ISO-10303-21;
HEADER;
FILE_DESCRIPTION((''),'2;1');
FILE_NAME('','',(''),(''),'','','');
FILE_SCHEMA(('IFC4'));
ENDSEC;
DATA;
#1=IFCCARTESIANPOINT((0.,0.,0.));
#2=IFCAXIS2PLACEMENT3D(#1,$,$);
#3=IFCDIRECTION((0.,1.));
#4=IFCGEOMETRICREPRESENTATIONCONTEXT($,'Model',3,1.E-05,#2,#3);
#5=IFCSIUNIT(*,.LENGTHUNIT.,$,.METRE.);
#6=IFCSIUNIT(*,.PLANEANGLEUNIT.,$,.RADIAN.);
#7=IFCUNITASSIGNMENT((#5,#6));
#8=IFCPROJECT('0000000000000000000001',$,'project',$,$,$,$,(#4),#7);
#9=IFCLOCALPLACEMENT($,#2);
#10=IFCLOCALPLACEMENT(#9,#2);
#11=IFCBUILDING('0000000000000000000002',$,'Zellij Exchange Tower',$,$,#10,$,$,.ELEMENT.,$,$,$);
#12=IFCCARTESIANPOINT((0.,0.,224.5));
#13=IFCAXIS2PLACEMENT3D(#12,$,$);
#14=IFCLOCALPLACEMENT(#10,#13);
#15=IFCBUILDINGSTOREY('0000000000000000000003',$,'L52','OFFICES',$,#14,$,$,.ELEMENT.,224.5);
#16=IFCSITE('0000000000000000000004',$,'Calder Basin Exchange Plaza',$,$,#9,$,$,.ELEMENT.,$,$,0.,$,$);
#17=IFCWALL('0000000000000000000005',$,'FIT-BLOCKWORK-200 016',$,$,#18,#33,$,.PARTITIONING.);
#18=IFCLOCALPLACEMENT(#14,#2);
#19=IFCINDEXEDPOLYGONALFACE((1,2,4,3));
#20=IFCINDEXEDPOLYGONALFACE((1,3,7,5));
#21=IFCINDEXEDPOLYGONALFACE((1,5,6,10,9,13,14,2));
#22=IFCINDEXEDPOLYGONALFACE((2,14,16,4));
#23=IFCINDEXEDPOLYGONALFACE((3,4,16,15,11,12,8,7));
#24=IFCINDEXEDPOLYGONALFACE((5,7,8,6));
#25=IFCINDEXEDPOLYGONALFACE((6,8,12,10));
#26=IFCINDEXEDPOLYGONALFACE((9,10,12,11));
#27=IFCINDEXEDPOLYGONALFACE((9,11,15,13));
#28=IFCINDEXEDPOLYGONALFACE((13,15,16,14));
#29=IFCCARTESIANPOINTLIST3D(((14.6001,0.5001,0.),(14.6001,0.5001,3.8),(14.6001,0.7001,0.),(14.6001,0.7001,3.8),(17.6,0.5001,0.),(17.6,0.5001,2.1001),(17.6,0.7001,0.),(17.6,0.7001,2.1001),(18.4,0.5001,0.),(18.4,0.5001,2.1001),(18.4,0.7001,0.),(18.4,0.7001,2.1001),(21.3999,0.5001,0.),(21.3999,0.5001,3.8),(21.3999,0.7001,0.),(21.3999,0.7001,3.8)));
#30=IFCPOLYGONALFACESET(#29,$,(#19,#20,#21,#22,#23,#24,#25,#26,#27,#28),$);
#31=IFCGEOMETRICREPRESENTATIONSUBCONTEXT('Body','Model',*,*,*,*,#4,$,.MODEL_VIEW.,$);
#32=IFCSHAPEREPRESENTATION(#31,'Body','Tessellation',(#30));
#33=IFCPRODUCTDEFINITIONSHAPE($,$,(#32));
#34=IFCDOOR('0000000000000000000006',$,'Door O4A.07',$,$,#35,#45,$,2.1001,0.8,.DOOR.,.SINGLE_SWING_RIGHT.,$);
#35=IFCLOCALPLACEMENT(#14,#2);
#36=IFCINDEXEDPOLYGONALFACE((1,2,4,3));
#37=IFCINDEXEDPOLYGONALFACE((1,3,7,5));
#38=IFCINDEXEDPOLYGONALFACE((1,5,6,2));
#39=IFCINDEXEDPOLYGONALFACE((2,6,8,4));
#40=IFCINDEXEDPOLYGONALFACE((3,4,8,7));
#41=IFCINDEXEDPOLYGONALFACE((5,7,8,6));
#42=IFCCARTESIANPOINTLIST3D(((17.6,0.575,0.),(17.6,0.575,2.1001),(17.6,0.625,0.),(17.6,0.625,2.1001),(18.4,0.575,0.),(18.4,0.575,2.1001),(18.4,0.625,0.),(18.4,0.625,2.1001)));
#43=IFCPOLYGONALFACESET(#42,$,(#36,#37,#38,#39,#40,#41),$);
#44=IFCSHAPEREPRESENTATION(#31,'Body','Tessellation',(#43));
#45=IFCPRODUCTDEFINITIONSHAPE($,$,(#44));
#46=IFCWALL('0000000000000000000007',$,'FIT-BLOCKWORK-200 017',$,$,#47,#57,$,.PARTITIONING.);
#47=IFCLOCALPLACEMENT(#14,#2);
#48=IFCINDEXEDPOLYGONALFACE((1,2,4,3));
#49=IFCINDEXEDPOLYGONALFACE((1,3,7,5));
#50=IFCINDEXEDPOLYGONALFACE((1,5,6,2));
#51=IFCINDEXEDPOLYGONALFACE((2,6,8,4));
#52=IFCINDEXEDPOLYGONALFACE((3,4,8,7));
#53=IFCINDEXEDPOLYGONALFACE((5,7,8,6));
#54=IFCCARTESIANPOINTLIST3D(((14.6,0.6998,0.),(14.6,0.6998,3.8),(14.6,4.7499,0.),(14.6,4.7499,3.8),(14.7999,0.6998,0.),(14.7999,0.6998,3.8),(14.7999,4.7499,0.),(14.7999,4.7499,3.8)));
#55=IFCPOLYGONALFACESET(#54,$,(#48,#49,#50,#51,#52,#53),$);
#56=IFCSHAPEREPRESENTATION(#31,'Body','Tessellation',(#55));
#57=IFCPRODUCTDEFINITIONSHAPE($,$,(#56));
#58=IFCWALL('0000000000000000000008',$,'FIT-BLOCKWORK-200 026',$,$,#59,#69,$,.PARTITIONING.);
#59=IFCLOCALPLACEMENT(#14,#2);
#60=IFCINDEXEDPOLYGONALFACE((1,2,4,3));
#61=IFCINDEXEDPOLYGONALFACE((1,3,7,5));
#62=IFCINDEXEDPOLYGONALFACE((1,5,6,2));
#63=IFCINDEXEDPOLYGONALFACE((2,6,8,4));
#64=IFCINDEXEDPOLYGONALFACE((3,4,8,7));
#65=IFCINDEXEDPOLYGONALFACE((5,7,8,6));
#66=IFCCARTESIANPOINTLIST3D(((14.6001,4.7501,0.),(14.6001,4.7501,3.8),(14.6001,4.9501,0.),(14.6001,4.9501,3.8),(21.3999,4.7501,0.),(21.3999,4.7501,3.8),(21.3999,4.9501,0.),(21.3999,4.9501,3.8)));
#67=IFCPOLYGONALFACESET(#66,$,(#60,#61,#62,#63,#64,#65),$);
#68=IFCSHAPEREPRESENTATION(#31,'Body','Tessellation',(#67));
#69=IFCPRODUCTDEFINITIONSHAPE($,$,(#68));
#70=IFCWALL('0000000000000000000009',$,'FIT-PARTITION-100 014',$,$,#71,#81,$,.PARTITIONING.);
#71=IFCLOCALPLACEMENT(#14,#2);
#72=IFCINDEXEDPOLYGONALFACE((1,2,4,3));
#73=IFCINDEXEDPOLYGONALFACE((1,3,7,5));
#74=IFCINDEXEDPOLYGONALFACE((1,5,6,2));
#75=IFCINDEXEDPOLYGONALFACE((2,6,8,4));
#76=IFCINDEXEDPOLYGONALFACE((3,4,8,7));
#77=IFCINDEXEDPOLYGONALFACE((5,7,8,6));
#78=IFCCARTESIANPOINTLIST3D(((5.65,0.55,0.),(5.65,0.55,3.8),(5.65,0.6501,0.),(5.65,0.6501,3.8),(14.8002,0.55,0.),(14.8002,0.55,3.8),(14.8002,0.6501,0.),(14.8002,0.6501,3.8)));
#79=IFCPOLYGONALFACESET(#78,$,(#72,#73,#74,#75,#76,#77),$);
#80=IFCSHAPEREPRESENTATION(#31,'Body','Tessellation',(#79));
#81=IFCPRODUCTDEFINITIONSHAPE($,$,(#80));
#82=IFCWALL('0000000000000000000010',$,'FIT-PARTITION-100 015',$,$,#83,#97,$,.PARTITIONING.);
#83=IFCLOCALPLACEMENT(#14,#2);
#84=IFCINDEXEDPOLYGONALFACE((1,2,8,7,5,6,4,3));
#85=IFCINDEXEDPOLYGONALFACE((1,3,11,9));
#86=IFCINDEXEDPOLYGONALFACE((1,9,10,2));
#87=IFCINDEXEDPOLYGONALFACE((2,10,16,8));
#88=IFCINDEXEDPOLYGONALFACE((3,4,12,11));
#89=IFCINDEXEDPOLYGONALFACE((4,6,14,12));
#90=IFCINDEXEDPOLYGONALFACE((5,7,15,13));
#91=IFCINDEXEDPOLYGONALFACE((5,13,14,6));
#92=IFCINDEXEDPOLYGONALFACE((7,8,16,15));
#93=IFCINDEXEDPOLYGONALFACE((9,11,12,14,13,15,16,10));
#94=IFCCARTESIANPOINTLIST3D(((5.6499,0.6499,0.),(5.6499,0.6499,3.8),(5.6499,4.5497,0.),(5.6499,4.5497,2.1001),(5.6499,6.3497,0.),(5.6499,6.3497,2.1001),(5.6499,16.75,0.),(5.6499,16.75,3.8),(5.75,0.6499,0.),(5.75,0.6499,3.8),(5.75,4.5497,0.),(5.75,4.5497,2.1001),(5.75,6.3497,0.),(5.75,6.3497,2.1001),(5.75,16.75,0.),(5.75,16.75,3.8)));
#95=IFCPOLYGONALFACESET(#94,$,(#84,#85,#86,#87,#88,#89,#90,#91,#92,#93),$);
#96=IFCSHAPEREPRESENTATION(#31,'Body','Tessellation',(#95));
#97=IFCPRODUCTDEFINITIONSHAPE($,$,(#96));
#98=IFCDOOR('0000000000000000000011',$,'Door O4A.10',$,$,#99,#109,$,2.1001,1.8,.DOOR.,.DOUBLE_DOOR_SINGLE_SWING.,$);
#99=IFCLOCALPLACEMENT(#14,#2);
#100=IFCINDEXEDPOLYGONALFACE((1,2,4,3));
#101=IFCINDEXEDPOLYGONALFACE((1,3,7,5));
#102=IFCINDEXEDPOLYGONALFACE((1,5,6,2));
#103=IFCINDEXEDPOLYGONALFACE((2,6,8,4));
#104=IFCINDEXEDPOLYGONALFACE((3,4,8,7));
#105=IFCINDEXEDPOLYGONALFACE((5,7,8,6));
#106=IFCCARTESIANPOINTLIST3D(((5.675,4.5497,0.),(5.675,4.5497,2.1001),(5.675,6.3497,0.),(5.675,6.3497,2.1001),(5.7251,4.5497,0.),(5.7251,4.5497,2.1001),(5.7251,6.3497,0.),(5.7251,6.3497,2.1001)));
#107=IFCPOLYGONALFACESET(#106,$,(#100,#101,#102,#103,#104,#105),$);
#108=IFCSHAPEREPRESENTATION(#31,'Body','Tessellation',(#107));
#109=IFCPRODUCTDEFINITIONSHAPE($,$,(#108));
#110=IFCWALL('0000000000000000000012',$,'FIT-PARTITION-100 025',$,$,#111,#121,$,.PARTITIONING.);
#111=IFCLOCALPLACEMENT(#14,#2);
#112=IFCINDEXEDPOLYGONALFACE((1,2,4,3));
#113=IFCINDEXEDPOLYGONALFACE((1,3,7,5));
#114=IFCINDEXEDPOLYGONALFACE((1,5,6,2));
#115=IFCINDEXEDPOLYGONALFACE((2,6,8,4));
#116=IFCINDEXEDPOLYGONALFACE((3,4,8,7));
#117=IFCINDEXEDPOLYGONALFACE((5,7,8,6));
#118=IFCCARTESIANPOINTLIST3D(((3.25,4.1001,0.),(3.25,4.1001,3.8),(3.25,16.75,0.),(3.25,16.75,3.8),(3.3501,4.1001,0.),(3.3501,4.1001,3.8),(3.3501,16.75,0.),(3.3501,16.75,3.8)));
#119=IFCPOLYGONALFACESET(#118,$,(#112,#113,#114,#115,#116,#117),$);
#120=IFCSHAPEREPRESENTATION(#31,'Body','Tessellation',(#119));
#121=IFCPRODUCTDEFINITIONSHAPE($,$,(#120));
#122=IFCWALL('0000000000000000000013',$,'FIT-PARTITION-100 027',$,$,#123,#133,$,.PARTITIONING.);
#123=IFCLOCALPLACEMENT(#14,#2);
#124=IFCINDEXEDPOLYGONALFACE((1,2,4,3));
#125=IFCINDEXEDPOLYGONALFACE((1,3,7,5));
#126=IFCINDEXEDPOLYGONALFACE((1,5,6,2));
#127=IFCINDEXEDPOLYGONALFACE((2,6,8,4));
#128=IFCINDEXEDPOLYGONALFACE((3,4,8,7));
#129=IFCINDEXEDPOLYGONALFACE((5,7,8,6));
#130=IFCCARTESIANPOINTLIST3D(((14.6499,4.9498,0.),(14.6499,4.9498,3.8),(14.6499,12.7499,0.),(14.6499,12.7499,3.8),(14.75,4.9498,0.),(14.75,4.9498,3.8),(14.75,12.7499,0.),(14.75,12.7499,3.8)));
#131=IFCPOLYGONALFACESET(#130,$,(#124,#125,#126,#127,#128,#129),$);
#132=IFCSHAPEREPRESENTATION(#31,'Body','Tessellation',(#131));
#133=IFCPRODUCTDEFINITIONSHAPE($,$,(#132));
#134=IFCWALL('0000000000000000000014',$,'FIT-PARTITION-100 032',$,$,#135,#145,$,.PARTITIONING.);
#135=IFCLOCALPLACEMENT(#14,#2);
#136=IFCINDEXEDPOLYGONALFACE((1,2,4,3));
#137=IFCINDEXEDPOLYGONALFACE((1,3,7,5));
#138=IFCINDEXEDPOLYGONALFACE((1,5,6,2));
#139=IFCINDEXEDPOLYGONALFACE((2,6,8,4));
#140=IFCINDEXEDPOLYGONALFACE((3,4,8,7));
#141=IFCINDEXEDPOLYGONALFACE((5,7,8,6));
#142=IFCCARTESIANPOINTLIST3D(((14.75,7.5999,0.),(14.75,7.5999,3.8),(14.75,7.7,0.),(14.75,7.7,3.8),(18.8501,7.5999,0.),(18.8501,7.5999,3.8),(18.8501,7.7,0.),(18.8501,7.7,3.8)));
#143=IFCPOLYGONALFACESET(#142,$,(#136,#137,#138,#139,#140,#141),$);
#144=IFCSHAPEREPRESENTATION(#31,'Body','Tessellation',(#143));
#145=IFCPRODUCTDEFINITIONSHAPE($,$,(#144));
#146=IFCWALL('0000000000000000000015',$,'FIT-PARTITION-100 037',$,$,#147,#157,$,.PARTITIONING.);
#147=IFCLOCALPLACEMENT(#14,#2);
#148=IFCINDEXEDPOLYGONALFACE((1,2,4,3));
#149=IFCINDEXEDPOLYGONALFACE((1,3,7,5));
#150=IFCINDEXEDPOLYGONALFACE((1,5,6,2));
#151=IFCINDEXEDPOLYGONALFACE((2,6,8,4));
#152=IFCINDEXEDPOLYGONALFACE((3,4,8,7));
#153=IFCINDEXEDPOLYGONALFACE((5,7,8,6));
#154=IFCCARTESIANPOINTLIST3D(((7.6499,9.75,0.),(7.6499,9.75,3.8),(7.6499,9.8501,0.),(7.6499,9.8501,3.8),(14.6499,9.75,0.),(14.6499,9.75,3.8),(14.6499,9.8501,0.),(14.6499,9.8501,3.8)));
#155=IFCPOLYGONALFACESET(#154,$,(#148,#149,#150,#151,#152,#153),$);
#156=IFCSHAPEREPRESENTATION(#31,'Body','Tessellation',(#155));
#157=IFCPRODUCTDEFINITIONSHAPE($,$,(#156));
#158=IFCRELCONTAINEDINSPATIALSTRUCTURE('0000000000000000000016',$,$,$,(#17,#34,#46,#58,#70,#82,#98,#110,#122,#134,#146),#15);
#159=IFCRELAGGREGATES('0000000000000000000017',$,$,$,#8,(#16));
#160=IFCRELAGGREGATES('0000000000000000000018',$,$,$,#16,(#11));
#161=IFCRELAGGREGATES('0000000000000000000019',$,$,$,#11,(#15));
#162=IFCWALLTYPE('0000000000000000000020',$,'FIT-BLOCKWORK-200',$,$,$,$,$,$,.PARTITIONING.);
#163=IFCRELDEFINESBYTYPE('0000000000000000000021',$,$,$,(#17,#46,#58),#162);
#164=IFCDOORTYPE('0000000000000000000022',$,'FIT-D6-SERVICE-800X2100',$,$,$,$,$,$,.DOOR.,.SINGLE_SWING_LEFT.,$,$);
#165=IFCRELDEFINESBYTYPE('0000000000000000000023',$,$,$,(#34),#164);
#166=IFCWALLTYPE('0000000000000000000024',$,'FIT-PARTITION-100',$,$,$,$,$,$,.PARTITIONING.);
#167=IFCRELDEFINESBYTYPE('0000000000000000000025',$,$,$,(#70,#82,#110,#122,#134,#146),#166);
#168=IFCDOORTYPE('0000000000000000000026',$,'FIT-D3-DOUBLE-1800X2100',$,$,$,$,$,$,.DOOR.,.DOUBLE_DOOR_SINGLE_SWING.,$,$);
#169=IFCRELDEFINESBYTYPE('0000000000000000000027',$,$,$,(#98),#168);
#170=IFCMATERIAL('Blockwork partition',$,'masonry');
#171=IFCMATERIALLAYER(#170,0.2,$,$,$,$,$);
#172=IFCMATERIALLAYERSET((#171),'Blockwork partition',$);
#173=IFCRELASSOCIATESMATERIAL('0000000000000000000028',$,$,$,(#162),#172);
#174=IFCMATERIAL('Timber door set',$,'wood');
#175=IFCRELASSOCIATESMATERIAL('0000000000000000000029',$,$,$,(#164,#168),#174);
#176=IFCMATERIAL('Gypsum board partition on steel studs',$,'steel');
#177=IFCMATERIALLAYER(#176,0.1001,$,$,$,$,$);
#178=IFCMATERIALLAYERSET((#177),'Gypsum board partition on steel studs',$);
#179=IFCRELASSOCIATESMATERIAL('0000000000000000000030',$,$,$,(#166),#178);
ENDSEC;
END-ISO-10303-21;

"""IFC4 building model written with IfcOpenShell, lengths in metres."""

from ifc_helpers import new_model, si_unit, direction, frame, frame_2d, origin, place, context, subcontext, project, spatial, rectangle, extrude, material, layer, layer_set, type_object, element, fill, save


model = new_model("IFC4")

# Units and contexts
model_context = context("Model", 3, precision=1e-05, world=origin(), true_north=direction((0.0, 1.0)))
body_context = subcontext(model_context, "Body", "Model", "MODEL_VIEW")
ifc_project = project(units=[si_unit("LENGTHUNIT", "METRE"), si_unit("PLANEANGLEUNIT", "RADIAN")], contexts=[model_context])

# Site, building, storey
site_placement = place(None, origin())
site = spatial("IfcSite", under=ifc_project, at=site_placement, Name="Calder Basin Exchange Plaza", CompositionType="ELEMENT", RefElevation=0.0)
building_placement = place(site_placement, origin())
building = spatial("IfcBuilding", under=site, at=building_placement, Name="Zellij Exchange Tower", CompositionType="ELEMENT")
storey_placement = place(building_placement, frame((0.0, 0.0, 224.5)))
storey = spatial("IfcBuildingStorey", under=building, at=storey_placement, Name="L52", Description="OFFICES", CompositionType="ELEMENT", Elevation=224.5)

# Shared definitions
ifc_material_1 = material(Name="Blockwork partition", Category="masonry")
ifc_layer_1 = layer(ifc_material_1, 0.2)
ifc_layer_set_1 = layer_set([ifc_layer_1], Name="Blockwork partition")
wall_type_1 = type_object("IfcWallType", Name="FIT-BLOCKWORK-200", PredefinedType="PARTITIONING", material=ifc_layer_set_1)

# Wall, opening, door
wall_1_placement = place(storey_placement, frame((14.6001, 0.6001, 0.0), z_axis=(0.0, 0.0, 1.0), x_axis=(1.0, 0.0, 0.0)))
wall_1 = element("IfcWall", 1, at=wall_1_placement, inside=storey, type_object=wall_type_1, Name="FIT-BLOCKWORK-200 016", PredefinedType="PARTITIONING", context=body_context, shape_type="SweptSolid", body=[
    extrude(rectangle(XDim=6.7998, YDim=0.2, at=frame_2d((3.3999, 0.0))), origin(), (0.0, 0.0, 1.0), 3.8),
])
opening_1_placement = place(wall_1_placement, frame((3.0, 0.0, 0.0)))
opening_1 = element("IfcOpeningElement", 2, at=opening_1_placement, cuts=wall_1, PredefinedType="OPENING", context=body_context, shape_type="SweptSolid", body=[
    extrude(rectangle(XDim=0.8, YDim=2.1001, at=frame_2d((0.3999, 1.05))), frame((0.0, 0.1118, 0.0), z_axis=(0.0, -1.0, 0.0), x_axis=(1.0, 0.0, 0.0)), (0.0, 0.0, 1.0), 0.2239),
])
ifc_material_2 = material(Name="Timber door set", Category="wood")
door_type_1 = type_object("IfcDoorType", Name="FIT-D6-SERVICE-800X2100", OperationType="SINGLE_SWING_LEFT", PredefinedType="DOOR", material=ifc_material_2)
door_1_placement = place(opening_1_placement, origin())
door_1 = element("IfcDoor", 3, at=door_1_placement, inside=storey, type_object=door_type_1, Name="Door O4A.07", OperationType="SINGLE_SWING_RIGHT", OverallHeight=2.1001, OverallWidth=0.8, PredefinedType="DOOR", context=body_context, shape_type="SweptSolid", body=[
    extrude(rectangle(XDim=0.8, YDim=2.1001, at=frame_2d((0.3999, 1.05))), frame((0.0, 0.0249, 0.0), z_axis=(0.0, -1.0, 0.0), x_axis=(1.0, 0.0, 0.0)), (0.0, 0.0, 1.0), 0.05),
])
fill(opening_1, door_1)

# Walls
wall_2_placement = place(storey_placement, frame((14.7, 0.7, 0.0), z_axis=(0.0, 0.0, 1.0), x_axis=(0.0, 1.0, 0.0)))
element("IfcWall", 4, at=wall_2_placement, inside=storey, type_object=wall_type_1, Name="FIT-BLOCKWORK-200 017", PredefinedType="PARTITIONING", context=body_context, shape_type="SweptSolid", body=[
    extrude(rectangle(XDim=4.05, YDim=0.2, at=frame_2d((2.0249, 0.0))), origin(), (0.0, 0.0, 1.0), 3.8),
])
wall_3_placement = place(storey_placement, frame((14.6001, 4.8501, 0.0), z_axis=(0.0, 0.0, 1.0), x_axis=(1.0, 0.0, 0.0)))
element("IfcWall", 5, at=wall_3_placement, inside=storey, type_object=wall_type_1, Name="FIT-BLOCKWORK-200 026", PredefinedType="PARTITIONING", context=body_context, shape_type="SweptSolid", body=[
    extrude(rectangle(XDim=6.7998, YDim=0.2, at=frame_2d((3.3999, 0.0))), origin(), (0.0, 0.0, 1.0), 3.8),
])
ifc_material_3 = material(Name="Gypsum board partition on steel studs", Category="steel")
ifc_layer_2 = layer(ifc_material_3, 0.1001)
ifc_layer_set_2 = layer_set([ifc_layer_2], Name="Gypsum board partition on steel studs")
wall_type_2 = type_object("IfcWallType", Name="FIT-PARTITION-100", PredefinedType="PARTITIONING", material=ifc_layer_set_2)
wall_4_placement = place(storey_placement, frame((5.6499, 0.6001, 0.0), z_axis=(0.0, 0.0, 1.0), x_axis=(1.0, 0.0, 0.0)))
element("IfcWall", 6, at=wall_4_placement, inside=storey, type_object=wall_type_2, Name="FIT-PARTITION-100 014", PredefinedType="PARTITIONING", context=body_context, shape_type="SweptSolid", body=[
    extrude(rectangle(XDim=9.1501, YDim=0.1001, at=frame_2d((4.5752, 0.0))), origin(), (0.0, 0.0, 1.0), 3.8),
])

# Wall, opening, door
wall_5_placement = place(storey_placement, frame((5.7, 0.6499, 0.0), z_axis=(0.0, 0.0, 1.0), x_axis=(0.0, 1.0, 0.0)))
wall_5 = element("IfcWall", 7, at=wall_5_placement, inside=storey, type_object=wall_type_2, Name="FIT-PARTITION-100 015", PredefinedType="PARTITIONING", context=body_context, shape_type="SweptSolid", body=[
    extrude(rectangle(XDim=16.1001, YDim=0.1001, at=frame_2d((8.05, 0.0))), origin(), (0.0, 0.0, 1.0), 3.8),
])
opening_2_placement = place(wall_5_placement, frame((3.8999, 0.0, 0.0)))
opening_2 = element("IfcOpeningElement", 8, at=opening_2_placement, cuts=wall_5, PredefinedType="OPENING", context=body_context, shape_type="SweptSolid", body=[
    extrude(rectangle(XDim=1.8, YDim=2.1001, at=frame_2d((0.8999, 1.05))), frame((0.0, 0.062, 0.0), z_axis=(0.0, -1.0, 0.0), x_axis=(1.0, 0.0, 0.0)), (0.0, 0.0, 1.0), 0.124),
])
door_type_2 = type_object("IfcDoorType", Name="FIT-D3-DOUBLE-1800X2100", OperationType="DOUBLE_DOOR_SINGLE_SWING", PredefinedType="DOOR", material=ifc_material_2)
door_2_placement = place(opening_2_placement, origin())
door_2 = element("IfcDoor", 9, at=door_2_placement, inside=storey, type_object=door_type_2, Name="Door O4A.10", OperationType="DOUBLE_DOOR_SINGLE_SWING", OverallHeight=2.1001, OverallWidth=1.8, PredefinedType="DOOR", context=body_context, shape_type="SweptSolid", body=[
    extrude(rectangle(XDim=1.8, YDim=2.1001, at=frame_2d((0.8999, 1.05))), frame((0.0, 0.0249, 0.0), z_axis=(0.0, -1.0, 0.0), x_axis=(1.0, 0.0, 0.0)), (0.0, 0.0, 1.0), 0.05),
])
fill(opening_2, door_2)

# Walls
wall_6_placement = place(storey_placement, frame((3.3, 4.1001, 0.0), z_axis=(0.0, 0.0, 1.0), x_axis=(0.0, 1.0, 0.0)))
element("IfcWall", 10, at=wall_6_placement, inside=storey, type_object=wall_type_2, Name="FIT-PARTITION-100 025", PredefinedType="PARTITIONING", context=body_context, shape_type="SweptSolid", body=[
    extrude(rectangle(XDim=12.6499, YDim=0.1001, at=frame_2d((6.325, 0.0))), origin(), (0.0, 0.0, 1.0), 3.8),
])
wall_7_placement = place(storey_placement, frame((14.7, 4.95, 0.0), z_axis=(0.0, 0.0, 1.0), x_axis=(0.0, 1.0, 0.0)))
element("IfcWall", 11, at=wall_7_placement, inside=storey, type_object=wall_type_2, Name="FIT-PARTITION-100 027", PredefinedType="PARTITIONING", context=body_context, shape_type="SweptSolid", body=[
    extrude(rectangle(XDim=7.8, YDim=0.1001, at=frame_2d((3.8999, 0.0))), origin(), (0.0, 0.0, 1.0), 3.8),
])
wall_8_placement = place(storey_placement, frame((14.75, 7.6499, 0.0), z_axis=(0.0, 0.0, 1.0), x_axis=(1.0, 0.0, 0.0)))
element("IfcWall", 12, at=wall_8_placement, inside=storey, type_object=wall_type_2, Name="FIT-PARTITION-100 032", PredefinedType="PARTITIONING", context=body_context, shape_type="SweptSolid", body=[
    extrude(rectangle(XDim=4.1001, YDim=0.1001, at=frame_2d((2.05, 0.0))), origin(), (0.0, 0.0, 1.0), 3.8),
])
wall_9_placement = place(storey_placement, frame((7.6499, 9.8, 0.0), z_axis=(0.0, 0.0, 1.0), x_axis=(1.0, 0.0, 0.0)))
element("IfcWall", 13, at=wall_9_placement, inside=storey, type_object=wall_type_2, Name="FIT-PARTITION-100 037", PredefinedType="PARTITIONING", context=body_context, shape_type="SweptSolid", body=[
    extrude(rectangle(XDim=7.0, YDim=0.1001, at=frame_2d((3.5, 0.0))), origin(), (0.0, 0.0, 1.0), 3.8),
])

save(model, "model.ifc")
